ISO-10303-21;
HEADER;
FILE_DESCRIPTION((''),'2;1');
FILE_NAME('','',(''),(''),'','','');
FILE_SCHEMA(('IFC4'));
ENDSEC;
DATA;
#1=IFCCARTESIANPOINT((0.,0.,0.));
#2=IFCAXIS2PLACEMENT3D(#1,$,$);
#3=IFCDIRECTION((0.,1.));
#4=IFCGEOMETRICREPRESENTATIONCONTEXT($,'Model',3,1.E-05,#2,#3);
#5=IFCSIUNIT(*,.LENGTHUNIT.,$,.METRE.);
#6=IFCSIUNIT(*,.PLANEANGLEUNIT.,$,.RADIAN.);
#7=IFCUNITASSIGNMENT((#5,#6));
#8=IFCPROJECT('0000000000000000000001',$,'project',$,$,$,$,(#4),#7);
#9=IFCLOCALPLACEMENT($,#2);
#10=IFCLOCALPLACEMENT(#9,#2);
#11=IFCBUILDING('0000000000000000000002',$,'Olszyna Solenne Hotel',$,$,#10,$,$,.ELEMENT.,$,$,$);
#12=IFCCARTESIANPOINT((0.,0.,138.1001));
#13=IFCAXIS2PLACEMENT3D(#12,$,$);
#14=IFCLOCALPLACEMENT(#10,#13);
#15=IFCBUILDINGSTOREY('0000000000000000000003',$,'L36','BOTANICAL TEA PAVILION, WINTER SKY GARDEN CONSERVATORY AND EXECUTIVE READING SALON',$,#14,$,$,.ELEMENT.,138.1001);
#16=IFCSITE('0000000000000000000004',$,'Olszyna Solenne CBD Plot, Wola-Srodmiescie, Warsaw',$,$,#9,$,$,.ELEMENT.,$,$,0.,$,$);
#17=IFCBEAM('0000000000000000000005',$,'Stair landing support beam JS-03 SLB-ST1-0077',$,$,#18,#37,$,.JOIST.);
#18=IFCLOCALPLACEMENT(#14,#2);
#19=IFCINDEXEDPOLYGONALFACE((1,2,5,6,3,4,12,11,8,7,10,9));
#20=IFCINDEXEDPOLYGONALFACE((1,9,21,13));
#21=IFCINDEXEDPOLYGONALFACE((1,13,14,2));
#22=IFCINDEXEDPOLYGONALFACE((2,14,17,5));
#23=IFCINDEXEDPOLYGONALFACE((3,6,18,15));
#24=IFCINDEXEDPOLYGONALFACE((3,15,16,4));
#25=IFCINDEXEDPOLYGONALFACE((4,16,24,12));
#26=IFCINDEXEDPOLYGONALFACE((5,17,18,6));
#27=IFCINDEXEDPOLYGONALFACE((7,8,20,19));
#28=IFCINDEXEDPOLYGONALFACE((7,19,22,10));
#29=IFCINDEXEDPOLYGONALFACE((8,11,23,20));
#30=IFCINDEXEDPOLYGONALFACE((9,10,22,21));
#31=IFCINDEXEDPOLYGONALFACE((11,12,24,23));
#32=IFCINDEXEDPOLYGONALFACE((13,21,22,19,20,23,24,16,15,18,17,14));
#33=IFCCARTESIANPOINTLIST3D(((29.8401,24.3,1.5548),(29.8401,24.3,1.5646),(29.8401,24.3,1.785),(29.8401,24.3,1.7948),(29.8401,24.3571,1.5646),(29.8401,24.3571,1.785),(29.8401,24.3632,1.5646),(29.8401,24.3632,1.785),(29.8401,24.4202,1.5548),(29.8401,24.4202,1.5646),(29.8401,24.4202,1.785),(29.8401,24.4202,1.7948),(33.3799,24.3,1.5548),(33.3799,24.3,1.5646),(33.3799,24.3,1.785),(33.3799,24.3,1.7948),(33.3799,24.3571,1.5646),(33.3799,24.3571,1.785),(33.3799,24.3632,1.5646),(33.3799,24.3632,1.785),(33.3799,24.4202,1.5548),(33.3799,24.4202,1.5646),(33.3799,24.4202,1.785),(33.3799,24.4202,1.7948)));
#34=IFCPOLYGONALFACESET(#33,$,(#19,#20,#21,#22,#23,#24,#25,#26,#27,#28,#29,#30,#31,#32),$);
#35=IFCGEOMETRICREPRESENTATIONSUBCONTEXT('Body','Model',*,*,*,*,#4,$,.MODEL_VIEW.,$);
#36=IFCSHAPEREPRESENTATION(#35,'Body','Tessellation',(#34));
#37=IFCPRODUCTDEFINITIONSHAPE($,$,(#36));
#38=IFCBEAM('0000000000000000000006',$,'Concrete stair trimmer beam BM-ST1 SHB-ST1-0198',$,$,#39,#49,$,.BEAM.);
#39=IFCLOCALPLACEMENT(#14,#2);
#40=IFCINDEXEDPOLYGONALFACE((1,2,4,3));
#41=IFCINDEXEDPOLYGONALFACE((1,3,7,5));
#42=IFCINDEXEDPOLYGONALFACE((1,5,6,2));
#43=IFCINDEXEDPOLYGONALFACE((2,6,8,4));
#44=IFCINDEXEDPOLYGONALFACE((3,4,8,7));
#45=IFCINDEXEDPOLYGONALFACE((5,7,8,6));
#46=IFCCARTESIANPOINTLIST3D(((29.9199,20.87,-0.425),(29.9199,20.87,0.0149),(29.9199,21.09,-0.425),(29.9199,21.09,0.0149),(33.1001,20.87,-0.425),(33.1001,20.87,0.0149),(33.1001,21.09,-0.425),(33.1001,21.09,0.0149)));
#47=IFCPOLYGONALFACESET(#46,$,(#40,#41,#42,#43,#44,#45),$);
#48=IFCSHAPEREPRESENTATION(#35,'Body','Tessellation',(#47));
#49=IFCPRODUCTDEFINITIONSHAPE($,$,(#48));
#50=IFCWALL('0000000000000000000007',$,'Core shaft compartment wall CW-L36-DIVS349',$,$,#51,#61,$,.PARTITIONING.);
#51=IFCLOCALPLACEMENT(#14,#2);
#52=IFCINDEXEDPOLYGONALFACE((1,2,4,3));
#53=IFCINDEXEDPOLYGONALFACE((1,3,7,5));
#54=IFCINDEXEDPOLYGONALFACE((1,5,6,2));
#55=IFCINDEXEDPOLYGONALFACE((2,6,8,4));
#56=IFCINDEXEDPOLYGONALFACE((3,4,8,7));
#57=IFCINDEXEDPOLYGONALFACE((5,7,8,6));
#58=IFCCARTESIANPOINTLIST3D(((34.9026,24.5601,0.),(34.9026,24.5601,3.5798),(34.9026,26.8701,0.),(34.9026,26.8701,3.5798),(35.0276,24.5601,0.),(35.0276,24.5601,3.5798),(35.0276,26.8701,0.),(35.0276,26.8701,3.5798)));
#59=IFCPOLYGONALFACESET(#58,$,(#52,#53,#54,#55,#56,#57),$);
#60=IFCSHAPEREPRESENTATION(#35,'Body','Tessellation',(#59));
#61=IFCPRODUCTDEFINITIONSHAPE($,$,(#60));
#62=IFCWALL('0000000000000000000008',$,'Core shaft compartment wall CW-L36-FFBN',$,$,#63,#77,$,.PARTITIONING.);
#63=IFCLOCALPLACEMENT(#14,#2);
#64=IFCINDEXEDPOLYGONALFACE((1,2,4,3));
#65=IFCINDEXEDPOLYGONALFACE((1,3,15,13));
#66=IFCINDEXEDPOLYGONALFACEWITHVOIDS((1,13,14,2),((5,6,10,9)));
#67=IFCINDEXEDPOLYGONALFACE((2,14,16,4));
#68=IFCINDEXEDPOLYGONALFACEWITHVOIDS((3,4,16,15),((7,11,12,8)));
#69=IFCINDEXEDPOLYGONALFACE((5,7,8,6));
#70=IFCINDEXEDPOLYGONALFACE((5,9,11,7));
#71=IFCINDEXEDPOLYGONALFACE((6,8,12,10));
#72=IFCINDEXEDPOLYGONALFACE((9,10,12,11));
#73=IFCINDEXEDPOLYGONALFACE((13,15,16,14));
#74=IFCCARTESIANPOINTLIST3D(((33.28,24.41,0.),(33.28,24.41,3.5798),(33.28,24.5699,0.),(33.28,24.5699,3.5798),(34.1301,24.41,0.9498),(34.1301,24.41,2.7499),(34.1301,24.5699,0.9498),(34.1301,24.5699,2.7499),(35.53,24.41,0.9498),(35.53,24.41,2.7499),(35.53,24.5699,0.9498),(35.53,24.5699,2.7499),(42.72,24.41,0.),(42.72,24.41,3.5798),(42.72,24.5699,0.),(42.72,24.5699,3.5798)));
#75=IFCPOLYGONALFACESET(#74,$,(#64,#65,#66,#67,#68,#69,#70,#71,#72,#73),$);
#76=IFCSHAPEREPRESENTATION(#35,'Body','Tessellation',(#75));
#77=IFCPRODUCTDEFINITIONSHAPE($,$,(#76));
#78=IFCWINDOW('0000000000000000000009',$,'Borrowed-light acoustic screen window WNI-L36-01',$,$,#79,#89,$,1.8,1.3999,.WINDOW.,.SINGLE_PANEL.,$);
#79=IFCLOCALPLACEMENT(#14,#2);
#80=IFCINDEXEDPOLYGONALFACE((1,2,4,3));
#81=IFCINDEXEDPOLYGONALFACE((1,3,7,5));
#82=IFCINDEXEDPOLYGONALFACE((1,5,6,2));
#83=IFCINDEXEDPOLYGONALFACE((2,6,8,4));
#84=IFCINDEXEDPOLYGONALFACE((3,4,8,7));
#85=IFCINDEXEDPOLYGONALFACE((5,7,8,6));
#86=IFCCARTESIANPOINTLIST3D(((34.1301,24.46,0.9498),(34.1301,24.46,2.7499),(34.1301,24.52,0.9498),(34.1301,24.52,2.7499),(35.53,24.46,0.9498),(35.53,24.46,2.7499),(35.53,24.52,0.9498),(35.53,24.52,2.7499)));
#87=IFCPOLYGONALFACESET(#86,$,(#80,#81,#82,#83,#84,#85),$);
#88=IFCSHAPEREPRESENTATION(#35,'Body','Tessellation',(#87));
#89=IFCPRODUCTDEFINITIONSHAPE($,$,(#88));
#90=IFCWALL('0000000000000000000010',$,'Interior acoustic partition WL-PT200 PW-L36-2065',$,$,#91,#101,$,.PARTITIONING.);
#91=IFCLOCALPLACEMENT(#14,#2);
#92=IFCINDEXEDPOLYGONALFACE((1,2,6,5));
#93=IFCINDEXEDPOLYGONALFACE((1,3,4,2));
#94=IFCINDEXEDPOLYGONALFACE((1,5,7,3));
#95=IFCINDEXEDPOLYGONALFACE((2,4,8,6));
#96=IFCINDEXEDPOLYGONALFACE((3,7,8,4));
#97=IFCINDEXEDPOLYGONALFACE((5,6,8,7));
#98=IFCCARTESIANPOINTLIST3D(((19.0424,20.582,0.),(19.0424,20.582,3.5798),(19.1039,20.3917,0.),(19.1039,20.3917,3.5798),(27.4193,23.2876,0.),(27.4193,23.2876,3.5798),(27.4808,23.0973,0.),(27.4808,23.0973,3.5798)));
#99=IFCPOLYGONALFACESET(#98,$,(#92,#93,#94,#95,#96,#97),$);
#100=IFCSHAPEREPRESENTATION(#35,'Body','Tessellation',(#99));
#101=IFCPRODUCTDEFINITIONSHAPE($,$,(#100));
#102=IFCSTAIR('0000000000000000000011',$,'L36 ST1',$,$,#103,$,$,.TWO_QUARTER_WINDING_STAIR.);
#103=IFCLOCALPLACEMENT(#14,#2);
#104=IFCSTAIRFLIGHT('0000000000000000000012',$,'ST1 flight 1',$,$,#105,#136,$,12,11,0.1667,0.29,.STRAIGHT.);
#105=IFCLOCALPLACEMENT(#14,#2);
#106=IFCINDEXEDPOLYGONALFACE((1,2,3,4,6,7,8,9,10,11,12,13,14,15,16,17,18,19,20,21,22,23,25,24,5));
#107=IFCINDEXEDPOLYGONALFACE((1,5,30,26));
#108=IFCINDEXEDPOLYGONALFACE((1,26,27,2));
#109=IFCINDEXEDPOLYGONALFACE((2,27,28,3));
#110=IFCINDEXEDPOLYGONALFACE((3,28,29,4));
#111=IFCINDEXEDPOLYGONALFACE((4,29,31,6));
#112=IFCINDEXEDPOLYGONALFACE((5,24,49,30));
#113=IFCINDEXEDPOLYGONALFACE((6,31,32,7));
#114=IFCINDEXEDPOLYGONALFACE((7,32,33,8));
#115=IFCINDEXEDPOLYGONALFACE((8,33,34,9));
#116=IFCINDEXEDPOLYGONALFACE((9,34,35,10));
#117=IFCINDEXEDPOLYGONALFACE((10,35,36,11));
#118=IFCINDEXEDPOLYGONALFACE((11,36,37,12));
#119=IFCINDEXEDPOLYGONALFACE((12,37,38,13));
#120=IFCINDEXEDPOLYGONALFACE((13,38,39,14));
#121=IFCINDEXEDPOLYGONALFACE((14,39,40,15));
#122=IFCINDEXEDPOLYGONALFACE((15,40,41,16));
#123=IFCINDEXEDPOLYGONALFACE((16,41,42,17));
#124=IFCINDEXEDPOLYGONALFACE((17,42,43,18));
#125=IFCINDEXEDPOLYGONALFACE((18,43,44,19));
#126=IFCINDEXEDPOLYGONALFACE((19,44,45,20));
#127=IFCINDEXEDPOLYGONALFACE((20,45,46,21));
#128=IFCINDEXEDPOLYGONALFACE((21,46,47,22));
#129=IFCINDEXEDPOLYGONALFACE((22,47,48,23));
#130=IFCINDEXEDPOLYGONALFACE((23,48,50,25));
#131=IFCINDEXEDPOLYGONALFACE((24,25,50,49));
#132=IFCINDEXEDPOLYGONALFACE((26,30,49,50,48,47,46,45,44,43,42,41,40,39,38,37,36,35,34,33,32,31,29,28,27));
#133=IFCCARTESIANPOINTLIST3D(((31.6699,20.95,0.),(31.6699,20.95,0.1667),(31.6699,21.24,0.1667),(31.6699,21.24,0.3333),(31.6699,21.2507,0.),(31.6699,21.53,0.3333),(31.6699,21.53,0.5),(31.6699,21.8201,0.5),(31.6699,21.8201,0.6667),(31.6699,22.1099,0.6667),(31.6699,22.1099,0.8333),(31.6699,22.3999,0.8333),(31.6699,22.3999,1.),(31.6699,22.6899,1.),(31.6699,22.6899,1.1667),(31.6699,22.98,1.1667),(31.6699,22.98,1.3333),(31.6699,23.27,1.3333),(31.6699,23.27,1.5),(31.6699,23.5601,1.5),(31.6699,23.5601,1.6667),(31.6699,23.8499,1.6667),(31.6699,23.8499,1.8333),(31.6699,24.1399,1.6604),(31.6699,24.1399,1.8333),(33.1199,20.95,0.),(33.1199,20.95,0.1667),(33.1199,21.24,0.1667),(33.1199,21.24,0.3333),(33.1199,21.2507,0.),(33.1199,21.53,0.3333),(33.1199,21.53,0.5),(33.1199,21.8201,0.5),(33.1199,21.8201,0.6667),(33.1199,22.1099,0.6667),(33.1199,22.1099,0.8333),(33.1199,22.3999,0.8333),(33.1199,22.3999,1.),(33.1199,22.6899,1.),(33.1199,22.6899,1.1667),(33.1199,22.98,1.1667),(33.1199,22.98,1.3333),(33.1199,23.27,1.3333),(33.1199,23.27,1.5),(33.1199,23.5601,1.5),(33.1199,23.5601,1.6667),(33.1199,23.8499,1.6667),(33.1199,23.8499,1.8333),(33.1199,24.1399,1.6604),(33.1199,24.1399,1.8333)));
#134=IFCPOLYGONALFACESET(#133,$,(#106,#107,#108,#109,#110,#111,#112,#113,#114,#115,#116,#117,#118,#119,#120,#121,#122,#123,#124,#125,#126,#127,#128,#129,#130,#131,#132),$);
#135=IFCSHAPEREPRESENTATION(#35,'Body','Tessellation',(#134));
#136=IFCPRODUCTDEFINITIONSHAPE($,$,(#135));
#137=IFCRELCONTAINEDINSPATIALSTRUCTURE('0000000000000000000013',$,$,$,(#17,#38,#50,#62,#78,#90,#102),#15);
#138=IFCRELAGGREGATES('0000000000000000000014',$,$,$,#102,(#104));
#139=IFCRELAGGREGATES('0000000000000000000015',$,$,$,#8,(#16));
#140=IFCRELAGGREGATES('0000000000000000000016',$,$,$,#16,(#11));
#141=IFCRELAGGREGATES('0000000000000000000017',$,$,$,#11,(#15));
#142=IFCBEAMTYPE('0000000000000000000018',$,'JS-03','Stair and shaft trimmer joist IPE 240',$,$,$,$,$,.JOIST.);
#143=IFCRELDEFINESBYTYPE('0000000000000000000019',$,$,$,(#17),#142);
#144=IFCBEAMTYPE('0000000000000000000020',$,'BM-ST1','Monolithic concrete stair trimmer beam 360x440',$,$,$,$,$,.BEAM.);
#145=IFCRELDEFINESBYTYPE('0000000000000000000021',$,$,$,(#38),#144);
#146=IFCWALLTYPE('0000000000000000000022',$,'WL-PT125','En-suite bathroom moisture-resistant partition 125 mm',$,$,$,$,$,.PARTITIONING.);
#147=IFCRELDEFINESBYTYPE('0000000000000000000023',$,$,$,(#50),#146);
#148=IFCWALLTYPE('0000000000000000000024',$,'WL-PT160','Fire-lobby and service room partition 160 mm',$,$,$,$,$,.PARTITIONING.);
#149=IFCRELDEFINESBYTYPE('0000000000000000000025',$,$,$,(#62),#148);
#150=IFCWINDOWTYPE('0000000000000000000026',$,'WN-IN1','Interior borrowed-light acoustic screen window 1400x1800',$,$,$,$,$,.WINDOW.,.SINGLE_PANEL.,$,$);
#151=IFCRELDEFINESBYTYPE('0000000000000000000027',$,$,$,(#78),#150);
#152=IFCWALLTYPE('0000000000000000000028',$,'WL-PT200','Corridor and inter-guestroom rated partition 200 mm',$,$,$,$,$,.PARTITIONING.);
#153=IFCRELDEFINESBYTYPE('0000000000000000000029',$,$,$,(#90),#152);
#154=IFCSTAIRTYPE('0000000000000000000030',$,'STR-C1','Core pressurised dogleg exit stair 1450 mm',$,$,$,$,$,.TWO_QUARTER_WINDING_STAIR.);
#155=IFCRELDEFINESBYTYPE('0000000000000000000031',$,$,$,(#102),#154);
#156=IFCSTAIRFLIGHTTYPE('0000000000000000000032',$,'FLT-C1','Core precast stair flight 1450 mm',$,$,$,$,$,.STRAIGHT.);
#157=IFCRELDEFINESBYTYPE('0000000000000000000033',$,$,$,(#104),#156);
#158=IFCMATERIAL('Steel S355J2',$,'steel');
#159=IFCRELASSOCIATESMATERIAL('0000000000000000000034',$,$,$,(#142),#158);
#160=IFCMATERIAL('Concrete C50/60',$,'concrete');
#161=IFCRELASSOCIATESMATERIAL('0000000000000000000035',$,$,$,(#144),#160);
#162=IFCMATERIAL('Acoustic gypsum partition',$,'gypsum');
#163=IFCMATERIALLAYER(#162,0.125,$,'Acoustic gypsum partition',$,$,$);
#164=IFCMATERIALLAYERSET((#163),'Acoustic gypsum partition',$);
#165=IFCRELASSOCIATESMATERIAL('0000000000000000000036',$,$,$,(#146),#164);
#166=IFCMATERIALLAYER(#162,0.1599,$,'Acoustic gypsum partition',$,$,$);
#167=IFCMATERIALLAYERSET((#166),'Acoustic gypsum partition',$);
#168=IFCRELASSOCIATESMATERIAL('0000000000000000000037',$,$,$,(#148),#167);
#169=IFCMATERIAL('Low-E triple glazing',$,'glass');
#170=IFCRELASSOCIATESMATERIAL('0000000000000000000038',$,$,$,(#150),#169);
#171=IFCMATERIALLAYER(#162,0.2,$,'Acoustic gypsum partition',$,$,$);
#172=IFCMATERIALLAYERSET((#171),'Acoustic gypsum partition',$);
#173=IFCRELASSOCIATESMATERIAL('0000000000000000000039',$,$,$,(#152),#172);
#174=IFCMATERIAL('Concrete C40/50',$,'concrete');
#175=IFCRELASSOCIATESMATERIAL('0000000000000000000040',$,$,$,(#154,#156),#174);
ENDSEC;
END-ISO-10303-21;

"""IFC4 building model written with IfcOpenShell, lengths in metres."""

from ifc_helpers import new_model, si_unit, direction, frame, frame_2d, origin, origin_2d, place, context, subcontext, project, spatial, polyline, rectangle, i_section, outline, extrude, source, transform, mapped, material, layer, layer_set, material_profile, profile_set, type_object, type_shapes, element, fill, aggregate, save


model = new_model("IFC4")

# Units and contexts
model_context = context("Model", 3, precision=1e-05, world=origin(), true_north=direction((0.0, 1.0)))
body_context = subcontext(model_context, "Body", "Model", "MODEL_VIEW")
ifc_project = project(units=[si_unit("LENGTHUNIT", "METRE"), si_unit("PLANEANGLEUNIT", "RADIAN")], contexts=[model_context])

# Site, building, storey
site_placement = place(None, origin())
site = spatial("IfcSite", under=ifc_project, at=site_placement, Name="Olszyna Solenne CBD Plot, Wola-Srodmiescie, Warsaw", CompositionType="ELEMENT", RefElevation=0.0)
building_placement = place(site_placement, origin())
building = spatial("IfcBuilding", under=site, at=building_placement, Name="Olszyna Solenne Hotel", CompositionType="ELEMENT")
storey_placement = place(building_placement, frame((0.0, 0.0, 138.1001)))
storey = spatial("IfcBuildingStorey", under=building, at=storey_placement, Name="L36", Description="BOTANICAL TEA PAVILION, WINTER SKY GARDEN CONSERVATORY AND EXECUTIVE READING SALON", CompositionType="ELEMENT", Elevation=138.1001)

# Beams
ifc_material_1 = material(Name="Steel S355J2", Category="steel")
ifc_material_profile_1 = material_profile(ifc_material_1, i_section(OverallWidth=0.1201, OverallDepth=0.24, WebThickness=0.0061, FlangeThickness=0.0098, at=origin_2d()), Name="IPE 240", Category="load-bearing")
ifc_profile_set_1 = profile_set([ifc_material_profile_1], Name="Steel S355J2")
beam_type_1 = type_object("IfcBeamType", Name="JS-03", Description="Stair and shaft trimmer joist IPE 240", PredefinedType="JOIST", material=ifc_profile_set_1)
shared_shape_1 = source(origin(), body_context, "Body", "SweptSolid", [
    extrude(i_section(OverallWidth=0.1201, OverallDepth=0.24, WebThickness=0.0061, FlangeThickness=0.0098, at=origin_2d()), origin(), (0.0, 0.0, 1.0), 3.5398),
])
beam_1_placement = place(storey_placement, frame((33.3799, 24.3601, 1.6748), z_axis=(-1.0, 0.0, 0.0), x_axis=(0.0, -1.0, 0.0)))
element("IfcBeam", 1, at=beam_1_placement, inside=storey, type_object=beam_type_1, Name="Stair landing support beam JS-03 SLB-ST1-0077", PredefinedType="JOIST", context=body_context, shape_type="MappedRepresentation", body=[
    mapped(shared_shape_1, transform((0.0, 0.0, 0.0), x_axis=(1.0, 0.0, 0.0), y_axis=(0.0, 1.0, 0.0), z_axis=(0.0, 0.0, 1.0), scale=1.0)),
])
ifc_material_2 = material(Name="Concrete C50/60", Category="concrete")
ifc_material_profile_2 = material_profile(ifc_material_2, rectangle(XDim=0.22, YDim=0.4399, at=origin_2d()), Name="RC 220x440", Category="load-bearing")
ifc_profile_set_2 = profile_set([ifc_material_profile_2], Name="Concrete C50/60")
beam_type_2 = type_object("IfcBeamType", Name="BM-ST1", Description="Monolithic concrete stair trimmer beam 360x440", PredefinedType="BEAM", material=ifc_profile_set_2)
shared_shape_2 = source(origin(), body_context, "Body", "SweptSolid", [
    extrude(rectangle(XDim=0.22, YDim=0.4399, at=origin_2d()), origin(), (0.0, 0.0, 1.0), 3.1802),
])
beam_2_placement = place(storey_placement, frame((33.1001, 20.98, -0.2051), z_axis=(-1.0, 0.0, 0.0), x_axis=(0.0, -1.0, 0.0)))
element("IfcBeam", 2, at=beam_2_placement, inside=storey, type_object=beam_type_2, Name="Concrete stair trimmer beam BM-ST1 SHB-ST1-0198", PredefinedType="BEAM", context=body_context, shape_type="MappedRepresentation", body=[
    mapped(shared_shape_2, transform((0.0, 0.0, 0.0), x_axis=(1.0, 0.0, 0.0), y_axis=(0.0, 1.0, 0.0), z_axis=(0.0, 0.0, 1.0), scale=1.0)),
])

# Wall
ifc_material_3 = material(Name="Acoustic gypsum partition", Category="gypsum")
ifc_layer_1 = layer(ifc_material_3, 0.125, Name="Acoustic gypsum partition")
ifc_layer_set_1 = layer_set([ifc_layer_1], Name="Acoustic gypsum partition")
wall_type_1 = type_object("IfcWallType", Name="WL-PT125", Description="En-suite bathroom moisture-resistant partition 125 mm", PredefinedType="PARTITIONING", material=ifc_layer_set_1)
wall_1_placement = place(storey_placement, frame((34.9651, 24.5601, 0.0), z_axis=(0.0, 0.0, 1.0), x_axis=(0.0, 1.0, 0.0)))
element("IfcWall", 3, at=wall_1_placement, inside=storey, type_object=wall_type_1, Name="Core shaft compartment wall CW-L36-DIVS349", PredefinedType="PARTITIONING", context=body_context, shape_type="SweptSolid", body=[
    extrude(rectangle(XDim=2.3101, YDim=0.125, at=frame_2d((1.155, 0.0))), origin(), (0.0, 0.0, 1.0), 3.5798),
])

# Wall, opening, window
ifc_layer_2 = layer(ifc_material_3, 0.1599, Name="Acoustic gypsum partition")
ifc_layer_set_2 = layer_set([ifc_layer_2], Name="Acoustic gypsum partition")
wall_type_2 = type_object("IfcWallType", Name="WL-PT160", Description="Fire-lobby and service room partition 160 mm", PredefinedType="PARTITIONING", material=ifc_layer_set_2)
wall_2_placement = place(storey_placement, frame((33.28, 24.49, 0.0), z_axis=(0.0, 0.0, 1.0), x_axis=(1.0, 0.0, 0.0)))
wall_2 = element("IfcWall", 4, at=wall_2_placement, inside=storey, type_object=wall_type_2, Name="Core shaft compartment wall CW-L36-FFBN", PredefinedType="PARTITIONING", context=body_context, shape_type="SweptSolid", body=[
    extrude(rectangle(XDim=9.4399, YDim=0.1599, at=frame_2d((4.72, 0.0))), origin(), (0.0, 0.0, 1.0), 3.5798),
])
opening_placement = place(wall_2_placement, frame((0.8501, 0.0, 0.95)))
opening = element("IfcOpeningElement", 5, at=opening_placement, cuts=wall_2, PredefinedType="OPENING", context=body_context, shape_type="SweptSolid", body=[
    extrude(rectangle(XDim=1.3999, YDim=1.8, at=frame_2d((0.7, 0.8999))), frame((0.0, 0.0898, 0.0), z_axis=(0.0, -1.0, 0.0), x_axis=(1.0, 0.0, 0.0)), (0.0, 0.0, 1.0), 0.1799),
])
ifc_material_4 = material(Name="Low-E triple glazing", Category="glass")
window_type = type_object("IfcWindowType", Name="WN-IN1", Description="Interior borrowed-light acoustic screen window 1400x1800", PartitioningType="SINGLE_PANEL", PredefinedType="WINDOW", material=ifc_material_4)
shared_shape_3 = source(origin(), body_context, "Body", "SweptSolid", [
    extrude(rectangle(XDim=1.3999, YDim=1.8, at=frame_2d((0.7, 0.8999))), frame((0.0, 0.03, 0.0), z_axis=(0.0, -1.0, 0.0), x_axis=(1.0, 0.0, 0.0)), (0.0, 0.0, 1.0), 0.0601),
])
type_shapes(window_type, [shared_shape_3])
window_placement = place(opening_placement, origin())
window = element("IfcWindow", 6, at=window_placement, inside=storey, type_object=window_type, Name="Borrowed-light acoustic screen window WNI-L36-01", OverallHeight=1.8, OverallWidth=1.3999, PartitioningType="SINGLE_PANEL", PredefinedType="WINDOW", context=body_context, shape_type="MappedRepresentation", body=[
    mapped(shared_shape_3, transform((0.0, 0.0, 0.0), x_axis=(1.0, 0.0, 0.0), y_axis=(0.0, 1.0, 0.0), z_axis=(0.0, 0.0, 1.0), scale=1.0)),
])
fill(opening, window)

# Wall
ifc_layer_3 = layer(ifc_material_3, 0.2, Name="Acoustic gypsum partition")
ifc_layer_set_3 = layer_set([ifc_layer_3], Name="Acoustic gypsum partition")
wall_type_3 = type_object("IfcWallType", Name="WL-PT200", Description="Corridor and inter-guestroom rated partition 200 mm", PredefinedType="PARTITIONING", material=ifc_layer_set_3)
wall_3_placement = place(storey_placement, frame((27.45, 23.1924, 0.0), z_axis=(0.0, 0.0, 1.0), x_axis=(-0.951598, -0.307345, 0.0)))
element("IfcWall", 7, at=wall_3_placement, inside=storey, type_object=wall_type_3, Name="Interior acoustic partition WL-PT200 PW-L36-2065", PredefinedType="PARTITIONING", context=body_context, shape_type="SweptSolid", body=[
    extrude(rectangle(XDim=8.803, YDim=0.2, at=frame_2d((4.4014, 0.0))), origin(), (0.0, 0.0, 1.0), 3.5798),
])

# Stair, stair flight
ifc_material_5 = material(Name="Concrete C40/50", Category="concrete")
stair_type = type_object("IfcStairType", Name="STR-C1", Description="Core pressurised dogleg exit stair 1450 mm", PredefinedType="TWO_QUARTER_WINDING_STAIR", material=ifc_material_5)
stair_placement = place(storey_placement, origin())
stair = element("IfcStair", 8, at=stair_placement, inside=storey, type_object=stair_type, Name="L36 ST1", PredefinedType="TWO_QUARTER_WINDING_STAIR")
stair_flight_type = type_object("IfcStairFlightType", Name="FLT-C1", Description="Core precast stair flight 1450 mm", PredefinedType="STRAIGHT", material=ifc_material_5)
stair_flight_1_placement = place(storey_placement, frame((32.395, 20.95, 0.0), z_axis=(0.0, 0.0, 1.0), x_axis=(0.0, 1.0, 0.0)))
stair_flight_1 = element("IfcStairFlight", 9, at=stair_flight_1_placement, type_object=stair_flight_type, Name="ST1 flight 1", NumberOfRisers=12, NumberOfTreads=11, PredefinedType="STRAIGHT", RiserHeight=0.1667, TreadLength=0.29, context=body_context, shape_type="SweptSolid", body=[
    extrude(outline(polyline([(0.0, 0.0), (0.0, 0.1667), (0.29, 0.1667), (0.29, 0.3333), (0.5801, 0.3333), (0.5801, 0.5), (0.8701, 0.5), (0.8701, 0.6667), (1.1599, 0.6667), (1.1599, 0.8333), (1.45, 0.8333), (1.45, 1.0), (1.74, 1.0), (1.74, 1.1667), (2.03, 1.1667), (2.03, 1.3333), (2.3201, 1.3333), (2.3201, 1.5), (2.6101, 1.5), (2.6101, 1.6667), (2.8999, 1.6667), (2.8999, 1.8333), (3.1899, 1.8333), (3.1899, 2.0), (3.1899, 1.6604), (0.3008, 0.0), (0.0, 0.0)])), frame((0.0, 0.7251, 0.0), z_axis=(0.0, -1.0, 0.0), x_axis=(1.0, 0.0, 0.0)), (0.0, 0.0, 1.0), 1.45),
])
aggregate(stair, [stair_flight_1])

save(model, "model.ifc")
